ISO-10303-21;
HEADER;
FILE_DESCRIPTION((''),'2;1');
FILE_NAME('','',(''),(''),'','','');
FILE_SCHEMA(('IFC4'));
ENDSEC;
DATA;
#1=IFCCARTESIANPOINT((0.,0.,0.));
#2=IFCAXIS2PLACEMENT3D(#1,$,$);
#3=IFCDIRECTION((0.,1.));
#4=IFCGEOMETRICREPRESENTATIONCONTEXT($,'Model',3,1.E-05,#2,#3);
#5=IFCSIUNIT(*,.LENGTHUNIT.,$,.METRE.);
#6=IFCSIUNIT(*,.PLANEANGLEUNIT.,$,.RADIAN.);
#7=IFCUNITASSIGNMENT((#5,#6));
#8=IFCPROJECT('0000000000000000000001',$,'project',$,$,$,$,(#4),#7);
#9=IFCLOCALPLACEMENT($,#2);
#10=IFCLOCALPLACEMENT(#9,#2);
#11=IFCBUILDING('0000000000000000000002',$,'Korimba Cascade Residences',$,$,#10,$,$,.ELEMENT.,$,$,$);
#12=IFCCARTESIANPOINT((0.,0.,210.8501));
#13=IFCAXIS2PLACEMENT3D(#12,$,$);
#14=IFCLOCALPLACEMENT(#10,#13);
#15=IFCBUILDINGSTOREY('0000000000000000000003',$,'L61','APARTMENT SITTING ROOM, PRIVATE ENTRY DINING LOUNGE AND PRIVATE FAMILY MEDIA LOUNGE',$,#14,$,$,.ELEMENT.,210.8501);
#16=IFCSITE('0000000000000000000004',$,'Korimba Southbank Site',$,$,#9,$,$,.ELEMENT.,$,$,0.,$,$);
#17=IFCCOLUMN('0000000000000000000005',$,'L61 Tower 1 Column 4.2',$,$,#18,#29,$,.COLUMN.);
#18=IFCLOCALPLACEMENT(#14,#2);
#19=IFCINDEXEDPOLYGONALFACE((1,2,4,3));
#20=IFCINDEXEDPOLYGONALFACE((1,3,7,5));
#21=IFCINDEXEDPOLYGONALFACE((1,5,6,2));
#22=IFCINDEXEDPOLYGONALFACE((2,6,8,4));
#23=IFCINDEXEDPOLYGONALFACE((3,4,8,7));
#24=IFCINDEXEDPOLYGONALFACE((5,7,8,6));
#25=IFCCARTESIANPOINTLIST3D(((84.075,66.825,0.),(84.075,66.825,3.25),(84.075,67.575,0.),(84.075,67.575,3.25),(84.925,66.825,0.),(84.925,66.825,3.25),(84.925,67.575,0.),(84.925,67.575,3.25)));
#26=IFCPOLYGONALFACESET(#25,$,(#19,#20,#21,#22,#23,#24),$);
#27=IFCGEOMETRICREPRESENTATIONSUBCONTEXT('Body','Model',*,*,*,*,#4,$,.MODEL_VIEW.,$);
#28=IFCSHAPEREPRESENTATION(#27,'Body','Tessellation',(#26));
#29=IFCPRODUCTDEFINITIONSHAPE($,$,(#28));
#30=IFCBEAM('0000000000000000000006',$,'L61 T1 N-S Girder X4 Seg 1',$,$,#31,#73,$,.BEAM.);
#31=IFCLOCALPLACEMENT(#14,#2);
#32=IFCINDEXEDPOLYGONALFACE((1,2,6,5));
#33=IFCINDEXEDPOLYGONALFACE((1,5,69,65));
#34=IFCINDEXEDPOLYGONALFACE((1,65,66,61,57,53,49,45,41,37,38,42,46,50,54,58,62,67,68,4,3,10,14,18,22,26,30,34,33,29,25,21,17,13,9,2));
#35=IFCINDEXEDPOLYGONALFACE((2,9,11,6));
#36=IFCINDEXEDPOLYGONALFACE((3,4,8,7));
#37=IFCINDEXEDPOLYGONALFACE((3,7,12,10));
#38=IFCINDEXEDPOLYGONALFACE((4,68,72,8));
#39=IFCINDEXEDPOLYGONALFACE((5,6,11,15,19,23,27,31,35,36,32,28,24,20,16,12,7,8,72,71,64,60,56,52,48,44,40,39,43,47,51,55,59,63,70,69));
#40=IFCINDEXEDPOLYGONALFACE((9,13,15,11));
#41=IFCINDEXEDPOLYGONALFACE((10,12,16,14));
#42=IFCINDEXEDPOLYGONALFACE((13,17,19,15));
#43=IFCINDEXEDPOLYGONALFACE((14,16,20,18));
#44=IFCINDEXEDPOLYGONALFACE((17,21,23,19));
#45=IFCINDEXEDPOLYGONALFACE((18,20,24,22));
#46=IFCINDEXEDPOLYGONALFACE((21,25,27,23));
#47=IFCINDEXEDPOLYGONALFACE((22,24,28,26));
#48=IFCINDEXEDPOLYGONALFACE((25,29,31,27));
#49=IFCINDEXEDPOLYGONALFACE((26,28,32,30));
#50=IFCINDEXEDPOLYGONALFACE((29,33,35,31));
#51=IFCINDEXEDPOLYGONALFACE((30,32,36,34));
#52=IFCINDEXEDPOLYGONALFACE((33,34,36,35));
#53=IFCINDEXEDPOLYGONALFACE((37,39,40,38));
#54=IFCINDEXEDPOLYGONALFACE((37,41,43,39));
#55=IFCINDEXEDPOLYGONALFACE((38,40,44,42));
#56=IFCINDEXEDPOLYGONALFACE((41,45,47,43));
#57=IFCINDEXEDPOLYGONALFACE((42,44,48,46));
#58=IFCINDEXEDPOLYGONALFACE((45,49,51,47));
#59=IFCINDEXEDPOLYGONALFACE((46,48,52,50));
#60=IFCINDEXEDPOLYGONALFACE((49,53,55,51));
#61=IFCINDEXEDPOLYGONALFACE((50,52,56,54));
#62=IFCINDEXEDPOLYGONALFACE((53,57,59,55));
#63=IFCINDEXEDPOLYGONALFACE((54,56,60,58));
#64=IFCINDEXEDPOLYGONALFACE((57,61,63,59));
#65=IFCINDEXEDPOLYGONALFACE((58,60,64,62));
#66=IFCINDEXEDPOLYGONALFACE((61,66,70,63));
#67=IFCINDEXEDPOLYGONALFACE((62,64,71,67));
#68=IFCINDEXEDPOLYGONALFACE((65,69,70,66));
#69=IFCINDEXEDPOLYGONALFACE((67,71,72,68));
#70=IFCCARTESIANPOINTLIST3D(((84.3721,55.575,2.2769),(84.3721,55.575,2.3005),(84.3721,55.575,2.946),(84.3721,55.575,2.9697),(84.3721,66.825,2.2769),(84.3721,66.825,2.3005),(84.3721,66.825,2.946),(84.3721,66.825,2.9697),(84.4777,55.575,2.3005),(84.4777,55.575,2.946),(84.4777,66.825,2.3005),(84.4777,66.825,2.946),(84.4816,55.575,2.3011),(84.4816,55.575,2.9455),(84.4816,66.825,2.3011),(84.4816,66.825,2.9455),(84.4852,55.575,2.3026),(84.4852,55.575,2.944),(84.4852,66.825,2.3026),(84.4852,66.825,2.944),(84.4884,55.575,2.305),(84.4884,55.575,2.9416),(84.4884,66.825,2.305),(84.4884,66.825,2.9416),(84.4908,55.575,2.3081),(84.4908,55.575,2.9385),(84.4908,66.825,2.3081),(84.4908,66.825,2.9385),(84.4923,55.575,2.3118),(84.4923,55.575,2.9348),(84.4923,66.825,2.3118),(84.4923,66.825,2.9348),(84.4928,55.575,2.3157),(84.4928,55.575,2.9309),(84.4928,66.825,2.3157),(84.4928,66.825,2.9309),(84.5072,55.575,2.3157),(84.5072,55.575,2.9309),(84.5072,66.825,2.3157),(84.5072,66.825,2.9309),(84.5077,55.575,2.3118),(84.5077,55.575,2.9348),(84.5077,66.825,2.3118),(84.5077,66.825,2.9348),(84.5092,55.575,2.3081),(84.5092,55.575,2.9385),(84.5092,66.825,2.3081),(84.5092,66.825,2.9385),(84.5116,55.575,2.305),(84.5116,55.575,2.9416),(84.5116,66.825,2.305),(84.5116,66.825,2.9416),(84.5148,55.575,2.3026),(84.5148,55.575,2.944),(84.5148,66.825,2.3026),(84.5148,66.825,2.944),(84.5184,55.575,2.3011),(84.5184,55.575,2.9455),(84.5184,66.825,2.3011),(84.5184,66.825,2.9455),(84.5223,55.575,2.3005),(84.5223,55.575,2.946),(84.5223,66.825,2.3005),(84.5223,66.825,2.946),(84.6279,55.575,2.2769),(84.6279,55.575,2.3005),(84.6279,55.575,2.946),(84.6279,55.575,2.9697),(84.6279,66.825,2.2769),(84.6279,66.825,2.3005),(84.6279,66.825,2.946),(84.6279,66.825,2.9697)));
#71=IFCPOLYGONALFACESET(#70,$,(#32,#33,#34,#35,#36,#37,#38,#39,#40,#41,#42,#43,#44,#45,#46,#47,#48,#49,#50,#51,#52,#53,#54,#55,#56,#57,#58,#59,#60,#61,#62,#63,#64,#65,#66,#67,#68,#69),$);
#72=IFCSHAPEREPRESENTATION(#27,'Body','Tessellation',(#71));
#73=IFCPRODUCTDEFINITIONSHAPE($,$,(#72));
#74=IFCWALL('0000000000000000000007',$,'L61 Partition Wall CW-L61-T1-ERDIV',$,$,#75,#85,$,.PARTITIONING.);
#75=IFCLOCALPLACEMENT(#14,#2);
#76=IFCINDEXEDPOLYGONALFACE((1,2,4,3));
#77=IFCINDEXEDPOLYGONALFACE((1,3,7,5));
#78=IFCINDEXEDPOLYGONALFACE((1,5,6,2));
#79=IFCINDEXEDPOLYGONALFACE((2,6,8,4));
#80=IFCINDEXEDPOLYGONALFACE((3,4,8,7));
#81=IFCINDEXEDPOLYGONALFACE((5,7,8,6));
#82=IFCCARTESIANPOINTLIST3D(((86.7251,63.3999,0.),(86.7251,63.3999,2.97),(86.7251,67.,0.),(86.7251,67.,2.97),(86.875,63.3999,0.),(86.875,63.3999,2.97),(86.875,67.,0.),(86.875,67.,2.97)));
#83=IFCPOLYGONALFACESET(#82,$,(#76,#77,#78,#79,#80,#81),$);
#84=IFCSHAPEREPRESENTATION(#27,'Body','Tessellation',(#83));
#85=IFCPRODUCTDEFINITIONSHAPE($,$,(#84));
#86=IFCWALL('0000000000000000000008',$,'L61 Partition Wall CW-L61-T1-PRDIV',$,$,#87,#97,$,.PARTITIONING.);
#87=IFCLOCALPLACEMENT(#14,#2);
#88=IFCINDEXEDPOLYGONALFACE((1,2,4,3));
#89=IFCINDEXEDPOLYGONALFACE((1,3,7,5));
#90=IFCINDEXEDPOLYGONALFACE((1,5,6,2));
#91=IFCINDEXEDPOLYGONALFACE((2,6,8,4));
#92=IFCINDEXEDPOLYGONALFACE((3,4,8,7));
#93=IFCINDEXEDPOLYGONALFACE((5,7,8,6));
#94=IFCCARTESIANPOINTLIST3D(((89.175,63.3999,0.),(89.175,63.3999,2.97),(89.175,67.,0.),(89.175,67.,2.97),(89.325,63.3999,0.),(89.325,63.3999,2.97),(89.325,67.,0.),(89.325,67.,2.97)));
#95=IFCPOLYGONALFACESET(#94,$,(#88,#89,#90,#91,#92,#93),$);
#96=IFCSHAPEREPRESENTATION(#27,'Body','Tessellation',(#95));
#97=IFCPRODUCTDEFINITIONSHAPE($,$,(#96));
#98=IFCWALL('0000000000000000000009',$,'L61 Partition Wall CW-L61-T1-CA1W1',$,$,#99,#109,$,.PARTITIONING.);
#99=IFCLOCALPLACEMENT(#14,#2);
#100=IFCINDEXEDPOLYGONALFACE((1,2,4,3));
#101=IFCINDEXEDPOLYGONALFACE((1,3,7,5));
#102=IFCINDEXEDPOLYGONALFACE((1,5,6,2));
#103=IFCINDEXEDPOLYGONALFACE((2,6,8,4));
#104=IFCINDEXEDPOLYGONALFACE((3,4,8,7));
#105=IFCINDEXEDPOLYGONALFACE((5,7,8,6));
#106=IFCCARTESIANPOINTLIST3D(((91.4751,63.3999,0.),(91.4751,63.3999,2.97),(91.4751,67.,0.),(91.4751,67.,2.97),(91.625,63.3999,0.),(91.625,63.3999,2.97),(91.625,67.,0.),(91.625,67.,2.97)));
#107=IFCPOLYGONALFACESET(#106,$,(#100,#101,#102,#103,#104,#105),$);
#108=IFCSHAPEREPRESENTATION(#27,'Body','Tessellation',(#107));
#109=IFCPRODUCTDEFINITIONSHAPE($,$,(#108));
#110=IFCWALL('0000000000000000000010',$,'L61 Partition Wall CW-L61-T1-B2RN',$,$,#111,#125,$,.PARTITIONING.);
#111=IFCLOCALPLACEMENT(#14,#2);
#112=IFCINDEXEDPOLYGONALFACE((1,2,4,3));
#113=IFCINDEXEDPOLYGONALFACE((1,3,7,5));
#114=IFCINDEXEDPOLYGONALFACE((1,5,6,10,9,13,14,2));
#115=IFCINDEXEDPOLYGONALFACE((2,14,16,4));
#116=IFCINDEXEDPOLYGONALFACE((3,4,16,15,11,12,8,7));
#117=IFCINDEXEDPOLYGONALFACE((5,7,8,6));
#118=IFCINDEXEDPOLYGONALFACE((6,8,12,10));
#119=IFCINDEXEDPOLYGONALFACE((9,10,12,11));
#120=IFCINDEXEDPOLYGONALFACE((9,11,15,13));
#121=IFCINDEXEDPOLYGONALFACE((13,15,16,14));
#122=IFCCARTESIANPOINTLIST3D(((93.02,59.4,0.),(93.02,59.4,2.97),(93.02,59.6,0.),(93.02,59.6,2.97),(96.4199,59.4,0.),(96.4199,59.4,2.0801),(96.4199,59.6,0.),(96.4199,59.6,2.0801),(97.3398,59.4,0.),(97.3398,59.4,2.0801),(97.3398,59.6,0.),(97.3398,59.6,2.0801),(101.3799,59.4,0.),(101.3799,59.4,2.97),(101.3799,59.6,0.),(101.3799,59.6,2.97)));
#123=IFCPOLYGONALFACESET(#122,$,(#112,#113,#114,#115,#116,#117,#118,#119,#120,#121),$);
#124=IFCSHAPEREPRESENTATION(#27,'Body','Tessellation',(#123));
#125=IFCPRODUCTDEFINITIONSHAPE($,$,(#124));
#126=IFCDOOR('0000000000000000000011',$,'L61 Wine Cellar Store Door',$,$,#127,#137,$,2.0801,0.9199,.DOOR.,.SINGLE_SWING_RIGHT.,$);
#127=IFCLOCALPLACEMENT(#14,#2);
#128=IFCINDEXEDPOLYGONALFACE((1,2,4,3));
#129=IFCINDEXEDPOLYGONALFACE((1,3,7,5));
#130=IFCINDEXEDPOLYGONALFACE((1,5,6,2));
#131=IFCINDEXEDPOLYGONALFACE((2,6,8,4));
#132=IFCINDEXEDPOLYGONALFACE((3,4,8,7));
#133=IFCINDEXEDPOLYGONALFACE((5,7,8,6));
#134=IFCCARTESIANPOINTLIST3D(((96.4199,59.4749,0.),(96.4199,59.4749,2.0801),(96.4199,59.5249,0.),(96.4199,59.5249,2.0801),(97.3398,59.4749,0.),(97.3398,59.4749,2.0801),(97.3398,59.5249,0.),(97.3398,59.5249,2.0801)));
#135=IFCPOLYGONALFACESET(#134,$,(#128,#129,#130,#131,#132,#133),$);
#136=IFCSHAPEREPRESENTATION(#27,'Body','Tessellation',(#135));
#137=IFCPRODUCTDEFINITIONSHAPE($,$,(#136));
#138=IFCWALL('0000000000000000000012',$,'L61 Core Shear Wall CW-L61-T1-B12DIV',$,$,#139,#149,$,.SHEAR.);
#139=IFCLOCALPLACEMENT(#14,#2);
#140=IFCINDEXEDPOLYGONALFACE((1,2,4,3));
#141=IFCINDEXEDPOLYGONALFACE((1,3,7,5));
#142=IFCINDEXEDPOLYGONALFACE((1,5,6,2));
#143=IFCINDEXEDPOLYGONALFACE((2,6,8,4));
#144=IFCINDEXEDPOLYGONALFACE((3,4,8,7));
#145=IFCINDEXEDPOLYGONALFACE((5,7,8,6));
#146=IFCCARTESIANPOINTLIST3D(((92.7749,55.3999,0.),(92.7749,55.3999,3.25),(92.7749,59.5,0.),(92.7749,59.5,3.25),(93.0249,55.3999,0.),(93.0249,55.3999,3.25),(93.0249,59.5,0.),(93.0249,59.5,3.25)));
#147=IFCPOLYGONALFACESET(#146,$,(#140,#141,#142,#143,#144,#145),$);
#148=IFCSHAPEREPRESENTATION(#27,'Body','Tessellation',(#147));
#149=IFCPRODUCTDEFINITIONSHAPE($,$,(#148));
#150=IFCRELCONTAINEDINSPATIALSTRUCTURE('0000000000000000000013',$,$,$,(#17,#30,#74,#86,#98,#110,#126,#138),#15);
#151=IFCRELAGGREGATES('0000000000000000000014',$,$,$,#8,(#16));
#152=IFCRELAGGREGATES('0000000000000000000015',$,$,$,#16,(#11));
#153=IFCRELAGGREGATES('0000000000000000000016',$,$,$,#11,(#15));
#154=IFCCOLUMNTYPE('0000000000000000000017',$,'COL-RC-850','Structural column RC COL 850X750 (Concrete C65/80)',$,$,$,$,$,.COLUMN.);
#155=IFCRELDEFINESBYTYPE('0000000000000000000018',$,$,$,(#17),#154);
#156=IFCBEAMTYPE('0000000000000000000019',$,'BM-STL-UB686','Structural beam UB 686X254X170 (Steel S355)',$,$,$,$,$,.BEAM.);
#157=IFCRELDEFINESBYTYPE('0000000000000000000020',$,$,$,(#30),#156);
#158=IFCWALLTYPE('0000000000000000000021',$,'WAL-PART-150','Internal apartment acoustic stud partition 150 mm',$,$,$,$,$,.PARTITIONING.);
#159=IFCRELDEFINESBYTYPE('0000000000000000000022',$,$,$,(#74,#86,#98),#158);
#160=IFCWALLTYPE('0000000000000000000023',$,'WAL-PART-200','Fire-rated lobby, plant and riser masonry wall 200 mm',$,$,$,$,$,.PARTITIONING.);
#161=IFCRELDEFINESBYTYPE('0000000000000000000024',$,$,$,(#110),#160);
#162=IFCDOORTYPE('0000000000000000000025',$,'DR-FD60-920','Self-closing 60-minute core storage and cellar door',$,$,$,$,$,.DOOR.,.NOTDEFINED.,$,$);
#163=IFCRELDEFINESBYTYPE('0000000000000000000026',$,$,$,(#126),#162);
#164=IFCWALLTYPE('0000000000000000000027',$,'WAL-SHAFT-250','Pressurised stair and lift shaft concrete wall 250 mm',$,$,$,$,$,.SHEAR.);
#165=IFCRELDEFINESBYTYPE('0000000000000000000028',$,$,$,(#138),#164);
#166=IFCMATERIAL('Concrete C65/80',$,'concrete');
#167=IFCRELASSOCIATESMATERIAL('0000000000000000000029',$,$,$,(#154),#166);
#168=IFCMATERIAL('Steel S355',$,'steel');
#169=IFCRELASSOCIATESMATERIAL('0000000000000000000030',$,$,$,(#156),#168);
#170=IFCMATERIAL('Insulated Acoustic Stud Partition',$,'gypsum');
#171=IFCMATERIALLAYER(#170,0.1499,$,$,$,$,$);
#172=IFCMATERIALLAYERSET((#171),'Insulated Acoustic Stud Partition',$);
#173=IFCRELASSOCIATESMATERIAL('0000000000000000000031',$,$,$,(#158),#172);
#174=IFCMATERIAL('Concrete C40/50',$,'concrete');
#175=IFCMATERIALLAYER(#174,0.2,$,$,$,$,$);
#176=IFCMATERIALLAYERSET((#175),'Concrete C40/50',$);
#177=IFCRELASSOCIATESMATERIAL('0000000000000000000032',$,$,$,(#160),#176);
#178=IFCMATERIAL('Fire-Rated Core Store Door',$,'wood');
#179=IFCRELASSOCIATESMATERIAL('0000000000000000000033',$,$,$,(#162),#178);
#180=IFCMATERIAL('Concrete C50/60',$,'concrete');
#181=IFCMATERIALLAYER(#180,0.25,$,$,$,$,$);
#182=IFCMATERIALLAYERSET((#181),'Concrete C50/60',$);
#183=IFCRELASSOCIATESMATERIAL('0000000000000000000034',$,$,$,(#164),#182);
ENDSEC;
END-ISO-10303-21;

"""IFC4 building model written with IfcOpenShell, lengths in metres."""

from ifc_helpers import new_model, si_unit, direction, frame, frame_2d, origin, origin_2d, place, context, subcontext, project, spatial, rectangle, i_section, extrude, material, layer, layer_set, material_profile, profile_set, type_object, element, fill, save


model = new_model("IFC4")

# Units and contexts
model_context = context("Model", 3, precision=1e-05, world=origin(), true_north=direction((0.0, 1.0)))
body_context = subcontext(model_context, "Body", "Model", "MODEL_VIEW")
ifc_project = project(units=[si_unit("LENGTHUNIT", "METRE"), si_unit("PLANEANGLEUNIT", "RADIAN")], contexts=[model_context])

# Site, building, storey
site_placement = place(None, origin())
site = spatial("IfcSite", under=ifc_project, at=site_placement, Name="Korimba Southbank Site", CompositionType="ELEMENT", RefElevation=0.0)
building_placement = place(site_placement, origin())
building = spatial("IfcBuilding", under=site, at=building_placement, Name="Korimba Cascade Residences", CompositionType="ELEMENT")
storey_placement = place(building_placement, frame((0.0, 0.0, 210.8501)))
storey = spatial("IfcBuildingStorey", under=building, at=storey_placement, Name="L61", Description="APARTMENT SITTING ROOM, PRIVATE ENTRY DINING LOUNGE AND PRIVATE FAMILY MEDIA LOUNGE", CompositionType="ELEMENT", Elevation=210.8501)

# Column
ifc_material_1 = material(Name="Concrete C65/80", Category="concrete")
ifc_material_profile_1 = material_profile(ifc_material_1, rectangle(XDim=0.8501, YDim=0.75, at=origin_2d()), Name="Concrete C65/80")
ifc_profile_set_1 = profile_set([ifc_material_profile_1], Name="Concrete C65/80")
column_type = type_object("IfcColumnType", Name="COL-RC-850", Description="Structural column RC COL 850X750 (Concrete C65/80)", PredefinedType="COLUMN", material=ifc_profile_set_1)
column_placement = place(storey_placement, frame((84.5, 67.2, 0.0), z_axis=(0.0, 0.0, 1.0), x_axis=(1.0, 0.0, 0.0)))
element("IfcColumn", 1, at=column_placement, inside=storey, type_object=column_type, Name="L61 Tower 1 Column 4.2", PredefinedType="COLUMN", context=body_context, shape_type="SweptSolid", body=[
    extrude(rectangle(XDim=0.8501, YDim=0.75, at=origin_2d()), origin(), (0.0, 0.0, 1.0), 3.25),
])

# Beam
ifc_material_2 = material(Name="Steel S355", Category="steel")
ifc_material_profile_2 = material_profile(ifc_material_2, i_section(OverallWidth=0.2559, OverallDepth=0.6929, WebThickness=0.0144, FlangeThickness=0.0237, FilletRadius=0.0151, at=origin_2d()), Name="Steel S355")
ifc_profile_set_2 = profile_set([ifc_material_profile_2], Name="Steel S355")
beam_type = type_object("IfcBeamType", Name="BM-STL-UB686", Description="Structural beam UB 686X254X170 (Steel S355)", PredefinedType="BEAM", material=ifc_profile_set_2)
beam_placement = place(storey_placement, frame((84.5, 55.575, 2.6233), z_axis=(0.0, 1.0, 0.0), x_axis=(-1.0, 0.0, 0.0)))
element("IfcBeam", 2, at=beam_placement, inside=storey, type_object=beam_type, Name="L61 T1 N-S Girder X4 Seg 1", PredefinedType="BEAM", context=body_context, shape_type="SweptSolid", body=[
    extrude(i_section(OverallWidth=0.2559, OverallDepth=0.6929, WebThickness=0.0144, FlangeThickness=0.0237, FilletRadius=0.0151, at=origin_2d()), origin(), (0.0, 0.0, 1.0), 11.25),
])

# Walls
ifc_material_3 = material(Name="Insulated Acoustic Stud Partition", Category="gypsum")
ifc_layer_1 = layer(ifc_material_3, 0.1499)
ifc_layer_set_1 = layer_set([ifc_layer_1], Name="Insulated Acoustic Stud Partition")
wall_type_1 = type_object("IfcWallType", Name="WAL-PART-150", Description="Internal apartment acoustic stud partition 150 mm", PredefinedType="PARTITIONING", material=ifc_layer_set_1)
for number, where, z_axis, x_axis, name in (
    (3, (86.8, 63.3999, 0.0), (0.0, 0.0, 1.0), (0.0, 1.0, 0.0), "L61 Partition Wall CW-L61-T1-ERDIV"),
    (4, (89.25, 63.3999, 0.0), (0.0, 0.0, 1.0), (0.0, 1.0, 0.0), "L61 Partition Wall CW-L61-T1-PRDIV"),
    (5, (91.55, 63.3999, 0.0), (0.0, 0.0, 1.0), (0.0, 1.0, 0.0), "L61 Partition Wall CW-L61-T1-CA1W1"),
):
    element("IfcWall", number, at=place(storey_placement, frame(where, z_axis=z_axis, x_axis=x_axis)), inside=storey, type_object=wall_type_1, Name=name, PredefinedType="PARTITIONING", context=body_context, shape_type="SweptSolid", body=[
        extrude(rectangle(XDim=3.6001, YDim=0.1499, at=frame_2d((1.8, 0.0))), origin(), (0.0, 0.0, 1.0), 2.97),
    ])

# Wall, opening, door
ifc_material_4 = material(Name="Concrete C40/50", Category="concrete")
ifc_layer_2 = layer(ifc_material_4, 0.2)
ifc_layer_set_2 = layer_set([ifc_layer_2], Name="Concrete C40/50")
wall_type_2 = type_object("IfcWallType", Name="WAL-PART-200", Description="Fire-rated lobby, plant and riser masonry wall 200 mm", PredefinedType="PARTITIONING", material=ifc_layer_set_2)
wall_1_placement = place(storey_placement, frame((93.02, 59.5, 0.0), z_axis=(0.0, 0.0, 1.0), x_axis=(1.0, 0.0, 0.0)))
wall_1 = element("IfcWall", 6, at=wall_1_placement, inside=storey, type_object=wall_type_2, Name="L61 Partition Wall CW-L61-T1-B2RN", PredefinedType="PARTITIONING", context=body_context, shape_type="SweptSolid", body=[
    extrude(rectangle(XDim=8.3599, YDim=0.2, at=frame_2d((4.1799, 0.0))), origin(), (0.0, 0.0, 1.0), 2.97),
])
opening_placement = place(wall_1_placement, frame((3.3999, 0.0, 0.0)))
opening = element("IfcOpeningElement", 7, at=opening_placement, cuts=wall_1, PredefinedType="OPENING", context=body_context, shape_type="SweptSolid", body=[
    extrude(rectangle(XDim=0.9199, YDim=2.0801, at=frame_2d((0.46, 1.04))), frame((0.0, 0.1099, 0.0), z_axis=(0.0, -1.0, 0.0), x_axis=(1.0, 0.0, 0.0)), (0.0, 0.0, 1.0), 0.22),
])
ifc_material_5 = material(Name="Fire-Rated Core Store Door", Category="wood")
door_type = type_object("IfcDoorType", Name="DR-FD60-920", Description="Self-closing 60-minute core storage and cellar door", OperationType="NOTDEFINED", PredefinedType="DOOR", material=ifc_material_5)
door_placement = place(opening_placement, origin())
door = element("IfcDoor", 8, at=door_placement, inside=storey, type_object=door_type, Name="L61 Wine Cellar Store Door", OperationType="SINGLE_SWING_RIGHT", OverallHeight=2.0801, OverallWidth=0.9199, PredefinedType="DOOR", context=body_context, shape_type="SweptSolid", body=[
    extrude(rectangle(XDim=0.9199, YDim=2.0801, at=frame_2d((0.46, 1.04))), frame((0.0, 0.0249, 0.0), z_axis=(0.0, -1.0, 0.0), x_axis=(1.0, 0.0, 0.0)), (0.0, 0.0, 1.0), 0.05),
])
fill(opening, door)

# Wall
ifc_material_6 = material(Name="Concrete C50/60", Category="concrete")
ifc_layer_3 = layer(ifc_material_6, 0.25)
ifc_layer_set_3 = layer_set([ifc_layer_3], Name="Concrete C50/60")
wall_type_3 = type_object("IfcWallType", Name="WAL-SHAFT-250", Description="Pressurised stair and lift shaft concrete wall 250 mm", PredefinedType="SHEAR", material=ifc_layer_set_3)
wall_2_placement = place(storey_placement, frame((92.8999, 55.3999, 0.0), z_axis=(0.0, 0.0, 1.0), x_axis=(0.0, 1.0, 0.0)))
element("IfcWall", 9, at=wall_2_placement, inside=storey, type_object=wall_type_3, Name="L61 Core Shear Wall CW-L61-T1-B12DIV", PredefinedType="SHEAR", context=body_context, shape_type="SweptSolid", body=[
    extrude(rectangle(XDim=4.1001, YDim=0.25, at=frame_2d((2.05, 0.0))), origin(), (0.0, 0.0, 1.0), 3.25),
])

save(model, "model.ifc")
